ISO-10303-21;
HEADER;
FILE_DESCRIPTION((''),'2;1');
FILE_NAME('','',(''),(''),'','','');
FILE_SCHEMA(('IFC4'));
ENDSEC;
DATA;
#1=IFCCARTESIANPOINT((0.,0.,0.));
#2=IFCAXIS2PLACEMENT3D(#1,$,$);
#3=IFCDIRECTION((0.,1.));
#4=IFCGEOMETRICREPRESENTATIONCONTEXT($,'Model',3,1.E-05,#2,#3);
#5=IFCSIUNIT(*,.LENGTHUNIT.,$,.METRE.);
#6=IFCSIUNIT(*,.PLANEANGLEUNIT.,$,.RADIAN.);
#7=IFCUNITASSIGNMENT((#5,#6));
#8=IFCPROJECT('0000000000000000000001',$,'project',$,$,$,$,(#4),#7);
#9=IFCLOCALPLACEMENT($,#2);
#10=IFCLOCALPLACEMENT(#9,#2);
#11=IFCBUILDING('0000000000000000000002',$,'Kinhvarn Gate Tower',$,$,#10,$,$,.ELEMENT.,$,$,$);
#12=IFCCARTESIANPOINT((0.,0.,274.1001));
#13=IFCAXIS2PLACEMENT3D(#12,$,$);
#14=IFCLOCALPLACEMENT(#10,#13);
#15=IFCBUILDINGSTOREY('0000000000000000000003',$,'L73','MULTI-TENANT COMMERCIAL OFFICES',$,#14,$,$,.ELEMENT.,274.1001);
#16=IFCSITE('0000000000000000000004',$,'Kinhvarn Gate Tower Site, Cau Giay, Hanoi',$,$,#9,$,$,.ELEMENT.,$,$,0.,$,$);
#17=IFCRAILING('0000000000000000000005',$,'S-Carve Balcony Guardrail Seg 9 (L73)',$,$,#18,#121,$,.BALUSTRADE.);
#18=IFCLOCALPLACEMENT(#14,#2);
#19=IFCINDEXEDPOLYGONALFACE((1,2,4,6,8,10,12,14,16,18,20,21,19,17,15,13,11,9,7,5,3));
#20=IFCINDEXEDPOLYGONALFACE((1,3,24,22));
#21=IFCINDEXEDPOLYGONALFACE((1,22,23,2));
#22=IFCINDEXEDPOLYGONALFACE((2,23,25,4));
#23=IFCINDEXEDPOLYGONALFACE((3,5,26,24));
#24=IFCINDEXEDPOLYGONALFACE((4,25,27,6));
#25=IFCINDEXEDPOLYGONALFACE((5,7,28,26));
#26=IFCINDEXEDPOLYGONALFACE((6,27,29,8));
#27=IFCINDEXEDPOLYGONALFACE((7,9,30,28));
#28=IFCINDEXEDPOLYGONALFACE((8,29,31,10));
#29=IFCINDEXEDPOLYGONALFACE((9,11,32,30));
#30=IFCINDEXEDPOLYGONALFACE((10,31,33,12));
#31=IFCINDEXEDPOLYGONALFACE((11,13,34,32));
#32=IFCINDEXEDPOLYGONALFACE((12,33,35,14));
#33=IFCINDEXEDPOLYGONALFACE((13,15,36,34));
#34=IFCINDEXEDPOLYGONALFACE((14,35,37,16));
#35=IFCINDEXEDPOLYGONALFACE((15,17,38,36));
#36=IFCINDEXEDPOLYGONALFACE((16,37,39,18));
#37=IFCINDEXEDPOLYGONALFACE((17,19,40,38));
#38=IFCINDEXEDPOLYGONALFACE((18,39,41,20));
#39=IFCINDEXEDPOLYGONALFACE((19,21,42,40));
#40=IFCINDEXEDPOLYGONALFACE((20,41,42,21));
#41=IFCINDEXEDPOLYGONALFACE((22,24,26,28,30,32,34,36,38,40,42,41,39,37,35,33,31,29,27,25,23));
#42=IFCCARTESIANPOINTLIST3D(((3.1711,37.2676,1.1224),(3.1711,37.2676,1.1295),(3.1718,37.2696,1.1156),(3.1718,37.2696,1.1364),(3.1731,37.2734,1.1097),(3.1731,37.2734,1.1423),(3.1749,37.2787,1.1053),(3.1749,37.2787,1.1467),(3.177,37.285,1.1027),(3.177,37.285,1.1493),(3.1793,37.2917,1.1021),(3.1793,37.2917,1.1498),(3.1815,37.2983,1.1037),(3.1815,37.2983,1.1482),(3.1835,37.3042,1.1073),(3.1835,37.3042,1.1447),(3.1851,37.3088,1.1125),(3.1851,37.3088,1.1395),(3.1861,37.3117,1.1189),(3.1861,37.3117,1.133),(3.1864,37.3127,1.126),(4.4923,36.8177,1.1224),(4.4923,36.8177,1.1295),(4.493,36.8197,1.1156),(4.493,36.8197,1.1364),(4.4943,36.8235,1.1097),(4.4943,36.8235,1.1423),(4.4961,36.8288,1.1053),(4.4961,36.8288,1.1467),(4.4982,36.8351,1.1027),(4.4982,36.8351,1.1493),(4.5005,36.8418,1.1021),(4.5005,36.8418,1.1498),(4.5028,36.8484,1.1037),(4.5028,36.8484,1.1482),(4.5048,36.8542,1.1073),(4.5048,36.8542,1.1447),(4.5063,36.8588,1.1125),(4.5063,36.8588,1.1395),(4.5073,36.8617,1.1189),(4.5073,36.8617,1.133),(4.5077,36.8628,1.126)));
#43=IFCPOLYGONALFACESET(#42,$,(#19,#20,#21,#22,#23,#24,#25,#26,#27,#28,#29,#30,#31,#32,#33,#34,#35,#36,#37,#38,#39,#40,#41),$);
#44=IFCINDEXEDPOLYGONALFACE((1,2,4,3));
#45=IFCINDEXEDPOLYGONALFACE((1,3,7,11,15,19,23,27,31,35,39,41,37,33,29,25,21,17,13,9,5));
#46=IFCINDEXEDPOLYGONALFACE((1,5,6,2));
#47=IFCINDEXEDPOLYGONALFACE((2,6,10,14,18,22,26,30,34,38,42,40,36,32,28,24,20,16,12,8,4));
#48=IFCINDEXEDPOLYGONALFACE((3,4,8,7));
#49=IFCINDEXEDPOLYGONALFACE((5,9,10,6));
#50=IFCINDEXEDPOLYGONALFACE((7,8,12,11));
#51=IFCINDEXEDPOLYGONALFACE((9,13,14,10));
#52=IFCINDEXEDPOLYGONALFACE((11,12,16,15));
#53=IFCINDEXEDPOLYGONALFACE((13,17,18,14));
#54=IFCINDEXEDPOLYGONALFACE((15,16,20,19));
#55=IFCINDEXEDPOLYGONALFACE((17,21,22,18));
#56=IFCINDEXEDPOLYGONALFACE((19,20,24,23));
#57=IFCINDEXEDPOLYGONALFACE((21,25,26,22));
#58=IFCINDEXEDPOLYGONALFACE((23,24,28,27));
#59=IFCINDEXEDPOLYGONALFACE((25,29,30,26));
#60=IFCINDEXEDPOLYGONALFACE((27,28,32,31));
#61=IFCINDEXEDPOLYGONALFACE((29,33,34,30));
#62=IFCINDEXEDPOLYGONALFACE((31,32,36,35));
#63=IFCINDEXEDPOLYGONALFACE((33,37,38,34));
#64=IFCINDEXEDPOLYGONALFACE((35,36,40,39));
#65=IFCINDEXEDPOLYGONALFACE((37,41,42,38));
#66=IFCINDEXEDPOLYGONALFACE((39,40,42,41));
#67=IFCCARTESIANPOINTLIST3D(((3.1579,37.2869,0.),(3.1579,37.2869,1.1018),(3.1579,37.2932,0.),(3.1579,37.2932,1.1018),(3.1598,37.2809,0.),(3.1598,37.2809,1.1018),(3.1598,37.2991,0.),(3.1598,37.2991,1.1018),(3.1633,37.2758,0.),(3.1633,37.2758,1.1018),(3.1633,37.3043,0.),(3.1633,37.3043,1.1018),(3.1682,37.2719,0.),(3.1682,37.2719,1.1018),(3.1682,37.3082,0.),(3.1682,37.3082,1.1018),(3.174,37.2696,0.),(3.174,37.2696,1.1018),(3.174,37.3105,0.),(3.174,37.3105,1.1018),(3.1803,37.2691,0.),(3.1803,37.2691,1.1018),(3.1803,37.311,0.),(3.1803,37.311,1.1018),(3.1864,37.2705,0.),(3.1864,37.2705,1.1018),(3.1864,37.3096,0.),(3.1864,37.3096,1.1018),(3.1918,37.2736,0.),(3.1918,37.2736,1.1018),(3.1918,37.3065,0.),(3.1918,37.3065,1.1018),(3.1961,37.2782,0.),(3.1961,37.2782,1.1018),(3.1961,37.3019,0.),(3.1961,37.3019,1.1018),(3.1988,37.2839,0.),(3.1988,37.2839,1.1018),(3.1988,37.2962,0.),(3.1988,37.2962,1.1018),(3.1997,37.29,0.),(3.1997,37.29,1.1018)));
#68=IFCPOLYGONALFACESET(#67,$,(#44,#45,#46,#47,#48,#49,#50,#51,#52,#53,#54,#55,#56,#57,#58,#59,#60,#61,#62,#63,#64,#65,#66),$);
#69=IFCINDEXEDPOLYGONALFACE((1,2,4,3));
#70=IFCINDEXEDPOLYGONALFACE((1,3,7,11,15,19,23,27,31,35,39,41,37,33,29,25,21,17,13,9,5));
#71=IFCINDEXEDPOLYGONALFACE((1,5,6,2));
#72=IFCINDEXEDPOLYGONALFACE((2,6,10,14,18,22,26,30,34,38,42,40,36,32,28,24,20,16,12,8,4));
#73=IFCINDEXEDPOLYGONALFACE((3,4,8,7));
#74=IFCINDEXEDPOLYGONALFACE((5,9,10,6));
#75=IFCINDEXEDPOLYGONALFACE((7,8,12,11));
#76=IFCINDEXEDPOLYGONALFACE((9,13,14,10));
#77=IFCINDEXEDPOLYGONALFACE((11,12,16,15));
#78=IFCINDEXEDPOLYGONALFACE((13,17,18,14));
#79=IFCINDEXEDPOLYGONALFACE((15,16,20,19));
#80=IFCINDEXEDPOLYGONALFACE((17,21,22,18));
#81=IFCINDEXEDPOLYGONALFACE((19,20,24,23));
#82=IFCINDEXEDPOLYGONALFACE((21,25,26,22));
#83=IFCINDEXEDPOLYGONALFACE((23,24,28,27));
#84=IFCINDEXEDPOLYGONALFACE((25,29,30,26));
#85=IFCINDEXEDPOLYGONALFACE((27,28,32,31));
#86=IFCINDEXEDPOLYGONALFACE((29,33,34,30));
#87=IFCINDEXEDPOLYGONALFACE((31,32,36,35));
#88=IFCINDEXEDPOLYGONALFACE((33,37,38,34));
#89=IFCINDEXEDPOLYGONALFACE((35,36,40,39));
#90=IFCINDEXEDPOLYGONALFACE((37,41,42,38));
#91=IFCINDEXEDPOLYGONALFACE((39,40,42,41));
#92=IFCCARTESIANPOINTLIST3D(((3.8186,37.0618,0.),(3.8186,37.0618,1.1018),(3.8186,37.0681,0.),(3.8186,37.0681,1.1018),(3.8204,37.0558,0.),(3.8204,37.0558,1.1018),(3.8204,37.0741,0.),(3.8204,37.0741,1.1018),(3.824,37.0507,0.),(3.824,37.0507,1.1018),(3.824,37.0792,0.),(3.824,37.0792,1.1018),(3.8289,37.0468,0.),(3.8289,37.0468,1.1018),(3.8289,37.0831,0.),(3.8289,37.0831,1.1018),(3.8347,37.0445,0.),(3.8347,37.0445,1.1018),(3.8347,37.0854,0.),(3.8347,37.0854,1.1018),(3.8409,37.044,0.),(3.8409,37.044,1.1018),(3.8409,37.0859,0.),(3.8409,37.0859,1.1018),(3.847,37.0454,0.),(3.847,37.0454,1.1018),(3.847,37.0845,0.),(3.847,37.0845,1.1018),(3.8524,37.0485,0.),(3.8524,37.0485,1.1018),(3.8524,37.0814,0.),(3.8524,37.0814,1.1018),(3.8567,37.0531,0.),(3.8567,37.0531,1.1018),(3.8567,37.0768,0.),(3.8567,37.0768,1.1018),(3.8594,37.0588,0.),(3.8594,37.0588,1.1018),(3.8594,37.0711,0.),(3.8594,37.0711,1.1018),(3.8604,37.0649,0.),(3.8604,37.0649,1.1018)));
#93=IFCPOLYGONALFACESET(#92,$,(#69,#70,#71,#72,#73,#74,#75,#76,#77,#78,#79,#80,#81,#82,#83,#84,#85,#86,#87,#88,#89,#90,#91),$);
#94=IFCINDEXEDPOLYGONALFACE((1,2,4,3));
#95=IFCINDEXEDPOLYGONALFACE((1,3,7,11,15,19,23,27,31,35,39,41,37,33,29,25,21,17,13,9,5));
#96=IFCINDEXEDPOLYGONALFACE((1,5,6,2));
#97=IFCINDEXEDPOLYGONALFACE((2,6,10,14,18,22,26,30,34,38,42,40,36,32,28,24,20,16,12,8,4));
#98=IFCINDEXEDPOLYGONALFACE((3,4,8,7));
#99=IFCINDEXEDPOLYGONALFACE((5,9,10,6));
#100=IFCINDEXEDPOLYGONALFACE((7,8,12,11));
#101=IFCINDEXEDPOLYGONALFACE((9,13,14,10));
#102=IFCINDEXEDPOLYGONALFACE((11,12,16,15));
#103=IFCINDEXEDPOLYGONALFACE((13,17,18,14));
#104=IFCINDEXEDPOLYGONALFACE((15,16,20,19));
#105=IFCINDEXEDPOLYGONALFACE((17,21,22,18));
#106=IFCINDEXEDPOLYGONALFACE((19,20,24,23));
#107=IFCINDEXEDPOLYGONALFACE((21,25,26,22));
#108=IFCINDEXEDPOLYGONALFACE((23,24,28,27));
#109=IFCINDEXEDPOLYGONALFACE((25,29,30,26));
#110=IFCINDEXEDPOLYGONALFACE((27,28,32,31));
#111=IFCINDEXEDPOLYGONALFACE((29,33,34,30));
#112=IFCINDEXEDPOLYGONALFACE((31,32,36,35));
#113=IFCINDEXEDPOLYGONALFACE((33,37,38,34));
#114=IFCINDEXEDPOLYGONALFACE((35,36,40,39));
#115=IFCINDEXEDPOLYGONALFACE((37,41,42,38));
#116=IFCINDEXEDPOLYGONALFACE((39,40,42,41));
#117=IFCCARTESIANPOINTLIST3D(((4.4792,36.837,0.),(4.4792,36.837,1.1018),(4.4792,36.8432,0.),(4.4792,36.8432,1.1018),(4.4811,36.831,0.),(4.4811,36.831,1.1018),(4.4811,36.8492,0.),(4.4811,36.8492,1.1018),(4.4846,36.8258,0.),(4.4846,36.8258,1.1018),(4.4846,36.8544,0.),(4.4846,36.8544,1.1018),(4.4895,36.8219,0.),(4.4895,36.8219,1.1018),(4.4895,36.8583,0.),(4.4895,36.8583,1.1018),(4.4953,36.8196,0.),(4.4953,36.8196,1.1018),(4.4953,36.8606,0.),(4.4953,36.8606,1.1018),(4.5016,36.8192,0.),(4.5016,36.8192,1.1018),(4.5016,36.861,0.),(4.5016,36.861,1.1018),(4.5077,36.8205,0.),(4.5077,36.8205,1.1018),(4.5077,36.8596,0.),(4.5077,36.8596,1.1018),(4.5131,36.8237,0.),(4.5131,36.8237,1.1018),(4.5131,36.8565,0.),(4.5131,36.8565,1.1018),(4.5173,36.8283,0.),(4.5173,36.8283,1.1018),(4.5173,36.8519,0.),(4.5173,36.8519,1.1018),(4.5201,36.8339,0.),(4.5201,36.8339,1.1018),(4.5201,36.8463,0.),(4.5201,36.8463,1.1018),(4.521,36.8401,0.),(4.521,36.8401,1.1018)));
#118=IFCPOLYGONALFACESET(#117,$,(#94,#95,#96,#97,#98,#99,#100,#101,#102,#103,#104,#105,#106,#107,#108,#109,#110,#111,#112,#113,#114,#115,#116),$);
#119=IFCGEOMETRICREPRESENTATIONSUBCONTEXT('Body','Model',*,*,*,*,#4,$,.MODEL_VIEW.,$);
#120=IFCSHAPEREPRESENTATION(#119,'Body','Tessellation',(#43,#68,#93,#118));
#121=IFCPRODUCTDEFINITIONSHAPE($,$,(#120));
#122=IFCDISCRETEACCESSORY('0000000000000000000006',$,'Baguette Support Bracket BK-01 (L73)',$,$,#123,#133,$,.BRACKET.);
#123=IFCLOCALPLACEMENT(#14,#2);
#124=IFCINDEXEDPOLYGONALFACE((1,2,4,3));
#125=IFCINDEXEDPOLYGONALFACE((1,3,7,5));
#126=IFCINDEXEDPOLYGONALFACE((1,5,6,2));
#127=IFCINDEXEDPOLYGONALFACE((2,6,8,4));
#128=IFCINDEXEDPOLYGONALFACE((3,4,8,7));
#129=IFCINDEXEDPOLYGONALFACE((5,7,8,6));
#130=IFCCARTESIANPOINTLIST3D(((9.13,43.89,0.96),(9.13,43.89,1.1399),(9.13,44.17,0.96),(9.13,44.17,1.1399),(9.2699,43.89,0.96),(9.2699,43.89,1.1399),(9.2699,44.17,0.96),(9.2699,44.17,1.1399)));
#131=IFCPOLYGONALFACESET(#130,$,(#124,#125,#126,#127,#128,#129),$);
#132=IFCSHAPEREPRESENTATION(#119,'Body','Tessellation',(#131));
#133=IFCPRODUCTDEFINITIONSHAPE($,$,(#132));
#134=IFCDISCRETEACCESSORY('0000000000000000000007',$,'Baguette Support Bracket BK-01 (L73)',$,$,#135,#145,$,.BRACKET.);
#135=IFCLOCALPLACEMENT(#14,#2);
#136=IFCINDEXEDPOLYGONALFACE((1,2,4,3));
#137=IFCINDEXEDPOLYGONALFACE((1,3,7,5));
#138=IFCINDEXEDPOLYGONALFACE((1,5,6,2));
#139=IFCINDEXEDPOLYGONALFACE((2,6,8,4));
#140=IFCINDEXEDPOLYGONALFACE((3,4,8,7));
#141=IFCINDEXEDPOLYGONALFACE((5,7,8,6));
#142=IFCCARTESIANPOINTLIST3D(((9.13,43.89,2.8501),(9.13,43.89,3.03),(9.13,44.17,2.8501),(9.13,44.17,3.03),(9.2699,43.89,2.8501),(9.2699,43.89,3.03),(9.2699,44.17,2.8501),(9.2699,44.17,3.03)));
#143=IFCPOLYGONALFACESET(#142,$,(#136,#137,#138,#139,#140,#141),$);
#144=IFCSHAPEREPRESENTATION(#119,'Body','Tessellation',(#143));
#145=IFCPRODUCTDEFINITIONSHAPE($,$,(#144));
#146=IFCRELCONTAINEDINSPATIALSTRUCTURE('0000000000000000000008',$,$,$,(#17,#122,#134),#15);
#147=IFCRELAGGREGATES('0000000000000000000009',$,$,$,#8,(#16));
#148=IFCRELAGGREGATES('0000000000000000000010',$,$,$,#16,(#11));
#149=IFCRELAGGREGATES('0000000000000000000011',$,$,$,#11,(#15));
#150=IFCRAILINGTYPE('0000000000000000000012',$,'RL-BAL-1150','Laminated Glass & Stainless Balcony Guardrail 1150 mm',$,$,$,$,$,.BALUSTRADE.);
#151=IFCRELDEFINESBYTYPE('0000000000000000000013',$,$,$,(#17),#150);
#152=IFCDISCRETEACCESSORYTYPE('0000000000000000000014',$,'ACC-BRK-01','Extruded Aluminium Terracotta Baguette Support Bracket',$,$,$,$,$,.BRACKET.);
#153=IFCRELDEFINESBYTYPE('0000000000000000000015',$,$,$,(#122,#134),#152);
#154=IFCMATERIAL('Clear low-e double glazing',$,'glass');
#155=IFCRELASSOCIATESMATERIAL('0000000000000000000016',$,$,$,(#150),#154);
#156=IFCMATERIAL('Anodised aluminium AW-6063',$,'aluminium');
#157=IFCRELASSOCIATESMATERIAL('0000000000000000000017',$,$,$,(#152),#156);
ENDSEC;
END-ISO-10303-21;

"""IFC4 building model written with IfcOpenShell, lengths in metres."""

from ifc_helpers import new_model, si_unit, direction, frame, origin, origin_2d, place, context, subcontext, project, spatial, rectangle, circle, extrude, material, type_object, element, save


model = new_model("IFC4")

# Units and contexts
model_context = context("Model", 3, precision=1e-05, world=origin(), true_north=direction((0.0, 1.0)))
body_context = subcontext(model_context, "Body", "Model", "MODEL_VIEW")
ifc_project = project(units=[si_unit("LENGTHUNIT", "METRE"), si_unit("PLANEANGLEUNIT", "RADIAN")], contexts=[model_context])

# Site, building, storey
site_placement = place(None, origin())
site = spatial("IfcSite", under=ifc_project, at=site_placement, Name="Kinhvarn Gate Tower Site, Cau Giay, Hanoi", CompositionType="ELEMENT", RefElevation=0.0)
building_placement = place(site_placement, origin())
building = spatial("IfcBuilding", under=site, at=building_placement, Name="Kinhvarn Gate Tower", CompositionType="ELEMENT")
storey_placement = place(building_placement, frame((0.0, 0.0, 274.1001)))
storey = spatial("IfcBuildingStorey", under=building, at=storey_placement, Name="L73", Description="MULTI-TENANT COMMERCIAL OFFICES", CompositionType="ELEMENT", Elevation=274.1001)

# Shared definitions
ifc_material_1 = material(Name="Anodised aluminium AW-6063", Category="aluminium")

# Shared definitions
ifc_material_2 = material(Name="Clear low-e double glazing", Category="glass")

# Railing
railing_type = type_object("IfcRailingType", Name="RL-BAL-1150", Description="Laminated Glass & Stainless Balcony Guardrail 1150 mm", PredefinedType="BALUSTRADE", material=ifc_material_2)
railing_1_placement = place(storey_placement, frame((3.1787, 37.29, 0.0)))
element("IfcRailing", 1, at=railing_1_placement, inside=storey, type_object=railing_type, Name="S-Carve Balcony Guardrail Seg 9 (L73)", PredefinedType="BALUSTRADE", context=body_context, shape_type="SweptSolid", body=[
    extrude(circle(Radius=0.0239, at=origin_2d()), frame((0.0, 0.0, 1.126), z_axis=(0.946617, -0.322361, 0.0), x_axis=(0.322361, 0.946617, 0.0)), (0.0, 0.0, 1.0), 1.3958),
    extrude(circle(Radius=0.021, at=origin_2d()), origin(), (0.0, 0.0, 1.0), 1.1018),
    extrude(circle(Radius=0.021, at=origin_2d()), frame((0.6606, -0.2251, 0.0)), (0.0, 0.0, 1.0), 1.1018),
    extrude(circle(Radius=0.021, at=origin_2d()), frame((1.3213, -0.45, 0.0)), (0.0, 0.0, 1.0), 1.1018),
])

# Discrete accessories
discrete_accessory_type = type_object("IfcDiscreteAccessoryType", Name="ACC-BRK-01", Description="Extruded Aluminium Terracotta Baguette Support Bracket", PredefinedType="BRACKET", material=ifc_material_1)
for number, where, z_axis, x_axis, name in (
    (2, (9.2, 44.03, 0.96), (0.0, 0.0, 1.0), (-1.0, 0.0, 0.0), "Baguette Support Bracket BK-01 (L73)"),
    (3, (9.2, 44.03, 2.8501), (0.0, 0.0, 1.0), (-1.0, 0.0, 0.0), "Baguette Support Bracket BK-01 (L73)"),
):
    element("IfcDiscreteAccessory", number, at=place(storey_placement, frame(where, z_axis=z_axis, x_axis=x_axis)), inside=storey, type_object=discrete_accessory_type, Name=name, PredefinedType="BRACKET", context=body_context, shape_type="SweptSolid", body=[
        extrude(rectangle(XDim=0.1399, YDim=0.28, at=origin_2d()), origin(), (0.0, 0.0, 1.0), 0.1799),
    ])

save(model, "model.ifc")
